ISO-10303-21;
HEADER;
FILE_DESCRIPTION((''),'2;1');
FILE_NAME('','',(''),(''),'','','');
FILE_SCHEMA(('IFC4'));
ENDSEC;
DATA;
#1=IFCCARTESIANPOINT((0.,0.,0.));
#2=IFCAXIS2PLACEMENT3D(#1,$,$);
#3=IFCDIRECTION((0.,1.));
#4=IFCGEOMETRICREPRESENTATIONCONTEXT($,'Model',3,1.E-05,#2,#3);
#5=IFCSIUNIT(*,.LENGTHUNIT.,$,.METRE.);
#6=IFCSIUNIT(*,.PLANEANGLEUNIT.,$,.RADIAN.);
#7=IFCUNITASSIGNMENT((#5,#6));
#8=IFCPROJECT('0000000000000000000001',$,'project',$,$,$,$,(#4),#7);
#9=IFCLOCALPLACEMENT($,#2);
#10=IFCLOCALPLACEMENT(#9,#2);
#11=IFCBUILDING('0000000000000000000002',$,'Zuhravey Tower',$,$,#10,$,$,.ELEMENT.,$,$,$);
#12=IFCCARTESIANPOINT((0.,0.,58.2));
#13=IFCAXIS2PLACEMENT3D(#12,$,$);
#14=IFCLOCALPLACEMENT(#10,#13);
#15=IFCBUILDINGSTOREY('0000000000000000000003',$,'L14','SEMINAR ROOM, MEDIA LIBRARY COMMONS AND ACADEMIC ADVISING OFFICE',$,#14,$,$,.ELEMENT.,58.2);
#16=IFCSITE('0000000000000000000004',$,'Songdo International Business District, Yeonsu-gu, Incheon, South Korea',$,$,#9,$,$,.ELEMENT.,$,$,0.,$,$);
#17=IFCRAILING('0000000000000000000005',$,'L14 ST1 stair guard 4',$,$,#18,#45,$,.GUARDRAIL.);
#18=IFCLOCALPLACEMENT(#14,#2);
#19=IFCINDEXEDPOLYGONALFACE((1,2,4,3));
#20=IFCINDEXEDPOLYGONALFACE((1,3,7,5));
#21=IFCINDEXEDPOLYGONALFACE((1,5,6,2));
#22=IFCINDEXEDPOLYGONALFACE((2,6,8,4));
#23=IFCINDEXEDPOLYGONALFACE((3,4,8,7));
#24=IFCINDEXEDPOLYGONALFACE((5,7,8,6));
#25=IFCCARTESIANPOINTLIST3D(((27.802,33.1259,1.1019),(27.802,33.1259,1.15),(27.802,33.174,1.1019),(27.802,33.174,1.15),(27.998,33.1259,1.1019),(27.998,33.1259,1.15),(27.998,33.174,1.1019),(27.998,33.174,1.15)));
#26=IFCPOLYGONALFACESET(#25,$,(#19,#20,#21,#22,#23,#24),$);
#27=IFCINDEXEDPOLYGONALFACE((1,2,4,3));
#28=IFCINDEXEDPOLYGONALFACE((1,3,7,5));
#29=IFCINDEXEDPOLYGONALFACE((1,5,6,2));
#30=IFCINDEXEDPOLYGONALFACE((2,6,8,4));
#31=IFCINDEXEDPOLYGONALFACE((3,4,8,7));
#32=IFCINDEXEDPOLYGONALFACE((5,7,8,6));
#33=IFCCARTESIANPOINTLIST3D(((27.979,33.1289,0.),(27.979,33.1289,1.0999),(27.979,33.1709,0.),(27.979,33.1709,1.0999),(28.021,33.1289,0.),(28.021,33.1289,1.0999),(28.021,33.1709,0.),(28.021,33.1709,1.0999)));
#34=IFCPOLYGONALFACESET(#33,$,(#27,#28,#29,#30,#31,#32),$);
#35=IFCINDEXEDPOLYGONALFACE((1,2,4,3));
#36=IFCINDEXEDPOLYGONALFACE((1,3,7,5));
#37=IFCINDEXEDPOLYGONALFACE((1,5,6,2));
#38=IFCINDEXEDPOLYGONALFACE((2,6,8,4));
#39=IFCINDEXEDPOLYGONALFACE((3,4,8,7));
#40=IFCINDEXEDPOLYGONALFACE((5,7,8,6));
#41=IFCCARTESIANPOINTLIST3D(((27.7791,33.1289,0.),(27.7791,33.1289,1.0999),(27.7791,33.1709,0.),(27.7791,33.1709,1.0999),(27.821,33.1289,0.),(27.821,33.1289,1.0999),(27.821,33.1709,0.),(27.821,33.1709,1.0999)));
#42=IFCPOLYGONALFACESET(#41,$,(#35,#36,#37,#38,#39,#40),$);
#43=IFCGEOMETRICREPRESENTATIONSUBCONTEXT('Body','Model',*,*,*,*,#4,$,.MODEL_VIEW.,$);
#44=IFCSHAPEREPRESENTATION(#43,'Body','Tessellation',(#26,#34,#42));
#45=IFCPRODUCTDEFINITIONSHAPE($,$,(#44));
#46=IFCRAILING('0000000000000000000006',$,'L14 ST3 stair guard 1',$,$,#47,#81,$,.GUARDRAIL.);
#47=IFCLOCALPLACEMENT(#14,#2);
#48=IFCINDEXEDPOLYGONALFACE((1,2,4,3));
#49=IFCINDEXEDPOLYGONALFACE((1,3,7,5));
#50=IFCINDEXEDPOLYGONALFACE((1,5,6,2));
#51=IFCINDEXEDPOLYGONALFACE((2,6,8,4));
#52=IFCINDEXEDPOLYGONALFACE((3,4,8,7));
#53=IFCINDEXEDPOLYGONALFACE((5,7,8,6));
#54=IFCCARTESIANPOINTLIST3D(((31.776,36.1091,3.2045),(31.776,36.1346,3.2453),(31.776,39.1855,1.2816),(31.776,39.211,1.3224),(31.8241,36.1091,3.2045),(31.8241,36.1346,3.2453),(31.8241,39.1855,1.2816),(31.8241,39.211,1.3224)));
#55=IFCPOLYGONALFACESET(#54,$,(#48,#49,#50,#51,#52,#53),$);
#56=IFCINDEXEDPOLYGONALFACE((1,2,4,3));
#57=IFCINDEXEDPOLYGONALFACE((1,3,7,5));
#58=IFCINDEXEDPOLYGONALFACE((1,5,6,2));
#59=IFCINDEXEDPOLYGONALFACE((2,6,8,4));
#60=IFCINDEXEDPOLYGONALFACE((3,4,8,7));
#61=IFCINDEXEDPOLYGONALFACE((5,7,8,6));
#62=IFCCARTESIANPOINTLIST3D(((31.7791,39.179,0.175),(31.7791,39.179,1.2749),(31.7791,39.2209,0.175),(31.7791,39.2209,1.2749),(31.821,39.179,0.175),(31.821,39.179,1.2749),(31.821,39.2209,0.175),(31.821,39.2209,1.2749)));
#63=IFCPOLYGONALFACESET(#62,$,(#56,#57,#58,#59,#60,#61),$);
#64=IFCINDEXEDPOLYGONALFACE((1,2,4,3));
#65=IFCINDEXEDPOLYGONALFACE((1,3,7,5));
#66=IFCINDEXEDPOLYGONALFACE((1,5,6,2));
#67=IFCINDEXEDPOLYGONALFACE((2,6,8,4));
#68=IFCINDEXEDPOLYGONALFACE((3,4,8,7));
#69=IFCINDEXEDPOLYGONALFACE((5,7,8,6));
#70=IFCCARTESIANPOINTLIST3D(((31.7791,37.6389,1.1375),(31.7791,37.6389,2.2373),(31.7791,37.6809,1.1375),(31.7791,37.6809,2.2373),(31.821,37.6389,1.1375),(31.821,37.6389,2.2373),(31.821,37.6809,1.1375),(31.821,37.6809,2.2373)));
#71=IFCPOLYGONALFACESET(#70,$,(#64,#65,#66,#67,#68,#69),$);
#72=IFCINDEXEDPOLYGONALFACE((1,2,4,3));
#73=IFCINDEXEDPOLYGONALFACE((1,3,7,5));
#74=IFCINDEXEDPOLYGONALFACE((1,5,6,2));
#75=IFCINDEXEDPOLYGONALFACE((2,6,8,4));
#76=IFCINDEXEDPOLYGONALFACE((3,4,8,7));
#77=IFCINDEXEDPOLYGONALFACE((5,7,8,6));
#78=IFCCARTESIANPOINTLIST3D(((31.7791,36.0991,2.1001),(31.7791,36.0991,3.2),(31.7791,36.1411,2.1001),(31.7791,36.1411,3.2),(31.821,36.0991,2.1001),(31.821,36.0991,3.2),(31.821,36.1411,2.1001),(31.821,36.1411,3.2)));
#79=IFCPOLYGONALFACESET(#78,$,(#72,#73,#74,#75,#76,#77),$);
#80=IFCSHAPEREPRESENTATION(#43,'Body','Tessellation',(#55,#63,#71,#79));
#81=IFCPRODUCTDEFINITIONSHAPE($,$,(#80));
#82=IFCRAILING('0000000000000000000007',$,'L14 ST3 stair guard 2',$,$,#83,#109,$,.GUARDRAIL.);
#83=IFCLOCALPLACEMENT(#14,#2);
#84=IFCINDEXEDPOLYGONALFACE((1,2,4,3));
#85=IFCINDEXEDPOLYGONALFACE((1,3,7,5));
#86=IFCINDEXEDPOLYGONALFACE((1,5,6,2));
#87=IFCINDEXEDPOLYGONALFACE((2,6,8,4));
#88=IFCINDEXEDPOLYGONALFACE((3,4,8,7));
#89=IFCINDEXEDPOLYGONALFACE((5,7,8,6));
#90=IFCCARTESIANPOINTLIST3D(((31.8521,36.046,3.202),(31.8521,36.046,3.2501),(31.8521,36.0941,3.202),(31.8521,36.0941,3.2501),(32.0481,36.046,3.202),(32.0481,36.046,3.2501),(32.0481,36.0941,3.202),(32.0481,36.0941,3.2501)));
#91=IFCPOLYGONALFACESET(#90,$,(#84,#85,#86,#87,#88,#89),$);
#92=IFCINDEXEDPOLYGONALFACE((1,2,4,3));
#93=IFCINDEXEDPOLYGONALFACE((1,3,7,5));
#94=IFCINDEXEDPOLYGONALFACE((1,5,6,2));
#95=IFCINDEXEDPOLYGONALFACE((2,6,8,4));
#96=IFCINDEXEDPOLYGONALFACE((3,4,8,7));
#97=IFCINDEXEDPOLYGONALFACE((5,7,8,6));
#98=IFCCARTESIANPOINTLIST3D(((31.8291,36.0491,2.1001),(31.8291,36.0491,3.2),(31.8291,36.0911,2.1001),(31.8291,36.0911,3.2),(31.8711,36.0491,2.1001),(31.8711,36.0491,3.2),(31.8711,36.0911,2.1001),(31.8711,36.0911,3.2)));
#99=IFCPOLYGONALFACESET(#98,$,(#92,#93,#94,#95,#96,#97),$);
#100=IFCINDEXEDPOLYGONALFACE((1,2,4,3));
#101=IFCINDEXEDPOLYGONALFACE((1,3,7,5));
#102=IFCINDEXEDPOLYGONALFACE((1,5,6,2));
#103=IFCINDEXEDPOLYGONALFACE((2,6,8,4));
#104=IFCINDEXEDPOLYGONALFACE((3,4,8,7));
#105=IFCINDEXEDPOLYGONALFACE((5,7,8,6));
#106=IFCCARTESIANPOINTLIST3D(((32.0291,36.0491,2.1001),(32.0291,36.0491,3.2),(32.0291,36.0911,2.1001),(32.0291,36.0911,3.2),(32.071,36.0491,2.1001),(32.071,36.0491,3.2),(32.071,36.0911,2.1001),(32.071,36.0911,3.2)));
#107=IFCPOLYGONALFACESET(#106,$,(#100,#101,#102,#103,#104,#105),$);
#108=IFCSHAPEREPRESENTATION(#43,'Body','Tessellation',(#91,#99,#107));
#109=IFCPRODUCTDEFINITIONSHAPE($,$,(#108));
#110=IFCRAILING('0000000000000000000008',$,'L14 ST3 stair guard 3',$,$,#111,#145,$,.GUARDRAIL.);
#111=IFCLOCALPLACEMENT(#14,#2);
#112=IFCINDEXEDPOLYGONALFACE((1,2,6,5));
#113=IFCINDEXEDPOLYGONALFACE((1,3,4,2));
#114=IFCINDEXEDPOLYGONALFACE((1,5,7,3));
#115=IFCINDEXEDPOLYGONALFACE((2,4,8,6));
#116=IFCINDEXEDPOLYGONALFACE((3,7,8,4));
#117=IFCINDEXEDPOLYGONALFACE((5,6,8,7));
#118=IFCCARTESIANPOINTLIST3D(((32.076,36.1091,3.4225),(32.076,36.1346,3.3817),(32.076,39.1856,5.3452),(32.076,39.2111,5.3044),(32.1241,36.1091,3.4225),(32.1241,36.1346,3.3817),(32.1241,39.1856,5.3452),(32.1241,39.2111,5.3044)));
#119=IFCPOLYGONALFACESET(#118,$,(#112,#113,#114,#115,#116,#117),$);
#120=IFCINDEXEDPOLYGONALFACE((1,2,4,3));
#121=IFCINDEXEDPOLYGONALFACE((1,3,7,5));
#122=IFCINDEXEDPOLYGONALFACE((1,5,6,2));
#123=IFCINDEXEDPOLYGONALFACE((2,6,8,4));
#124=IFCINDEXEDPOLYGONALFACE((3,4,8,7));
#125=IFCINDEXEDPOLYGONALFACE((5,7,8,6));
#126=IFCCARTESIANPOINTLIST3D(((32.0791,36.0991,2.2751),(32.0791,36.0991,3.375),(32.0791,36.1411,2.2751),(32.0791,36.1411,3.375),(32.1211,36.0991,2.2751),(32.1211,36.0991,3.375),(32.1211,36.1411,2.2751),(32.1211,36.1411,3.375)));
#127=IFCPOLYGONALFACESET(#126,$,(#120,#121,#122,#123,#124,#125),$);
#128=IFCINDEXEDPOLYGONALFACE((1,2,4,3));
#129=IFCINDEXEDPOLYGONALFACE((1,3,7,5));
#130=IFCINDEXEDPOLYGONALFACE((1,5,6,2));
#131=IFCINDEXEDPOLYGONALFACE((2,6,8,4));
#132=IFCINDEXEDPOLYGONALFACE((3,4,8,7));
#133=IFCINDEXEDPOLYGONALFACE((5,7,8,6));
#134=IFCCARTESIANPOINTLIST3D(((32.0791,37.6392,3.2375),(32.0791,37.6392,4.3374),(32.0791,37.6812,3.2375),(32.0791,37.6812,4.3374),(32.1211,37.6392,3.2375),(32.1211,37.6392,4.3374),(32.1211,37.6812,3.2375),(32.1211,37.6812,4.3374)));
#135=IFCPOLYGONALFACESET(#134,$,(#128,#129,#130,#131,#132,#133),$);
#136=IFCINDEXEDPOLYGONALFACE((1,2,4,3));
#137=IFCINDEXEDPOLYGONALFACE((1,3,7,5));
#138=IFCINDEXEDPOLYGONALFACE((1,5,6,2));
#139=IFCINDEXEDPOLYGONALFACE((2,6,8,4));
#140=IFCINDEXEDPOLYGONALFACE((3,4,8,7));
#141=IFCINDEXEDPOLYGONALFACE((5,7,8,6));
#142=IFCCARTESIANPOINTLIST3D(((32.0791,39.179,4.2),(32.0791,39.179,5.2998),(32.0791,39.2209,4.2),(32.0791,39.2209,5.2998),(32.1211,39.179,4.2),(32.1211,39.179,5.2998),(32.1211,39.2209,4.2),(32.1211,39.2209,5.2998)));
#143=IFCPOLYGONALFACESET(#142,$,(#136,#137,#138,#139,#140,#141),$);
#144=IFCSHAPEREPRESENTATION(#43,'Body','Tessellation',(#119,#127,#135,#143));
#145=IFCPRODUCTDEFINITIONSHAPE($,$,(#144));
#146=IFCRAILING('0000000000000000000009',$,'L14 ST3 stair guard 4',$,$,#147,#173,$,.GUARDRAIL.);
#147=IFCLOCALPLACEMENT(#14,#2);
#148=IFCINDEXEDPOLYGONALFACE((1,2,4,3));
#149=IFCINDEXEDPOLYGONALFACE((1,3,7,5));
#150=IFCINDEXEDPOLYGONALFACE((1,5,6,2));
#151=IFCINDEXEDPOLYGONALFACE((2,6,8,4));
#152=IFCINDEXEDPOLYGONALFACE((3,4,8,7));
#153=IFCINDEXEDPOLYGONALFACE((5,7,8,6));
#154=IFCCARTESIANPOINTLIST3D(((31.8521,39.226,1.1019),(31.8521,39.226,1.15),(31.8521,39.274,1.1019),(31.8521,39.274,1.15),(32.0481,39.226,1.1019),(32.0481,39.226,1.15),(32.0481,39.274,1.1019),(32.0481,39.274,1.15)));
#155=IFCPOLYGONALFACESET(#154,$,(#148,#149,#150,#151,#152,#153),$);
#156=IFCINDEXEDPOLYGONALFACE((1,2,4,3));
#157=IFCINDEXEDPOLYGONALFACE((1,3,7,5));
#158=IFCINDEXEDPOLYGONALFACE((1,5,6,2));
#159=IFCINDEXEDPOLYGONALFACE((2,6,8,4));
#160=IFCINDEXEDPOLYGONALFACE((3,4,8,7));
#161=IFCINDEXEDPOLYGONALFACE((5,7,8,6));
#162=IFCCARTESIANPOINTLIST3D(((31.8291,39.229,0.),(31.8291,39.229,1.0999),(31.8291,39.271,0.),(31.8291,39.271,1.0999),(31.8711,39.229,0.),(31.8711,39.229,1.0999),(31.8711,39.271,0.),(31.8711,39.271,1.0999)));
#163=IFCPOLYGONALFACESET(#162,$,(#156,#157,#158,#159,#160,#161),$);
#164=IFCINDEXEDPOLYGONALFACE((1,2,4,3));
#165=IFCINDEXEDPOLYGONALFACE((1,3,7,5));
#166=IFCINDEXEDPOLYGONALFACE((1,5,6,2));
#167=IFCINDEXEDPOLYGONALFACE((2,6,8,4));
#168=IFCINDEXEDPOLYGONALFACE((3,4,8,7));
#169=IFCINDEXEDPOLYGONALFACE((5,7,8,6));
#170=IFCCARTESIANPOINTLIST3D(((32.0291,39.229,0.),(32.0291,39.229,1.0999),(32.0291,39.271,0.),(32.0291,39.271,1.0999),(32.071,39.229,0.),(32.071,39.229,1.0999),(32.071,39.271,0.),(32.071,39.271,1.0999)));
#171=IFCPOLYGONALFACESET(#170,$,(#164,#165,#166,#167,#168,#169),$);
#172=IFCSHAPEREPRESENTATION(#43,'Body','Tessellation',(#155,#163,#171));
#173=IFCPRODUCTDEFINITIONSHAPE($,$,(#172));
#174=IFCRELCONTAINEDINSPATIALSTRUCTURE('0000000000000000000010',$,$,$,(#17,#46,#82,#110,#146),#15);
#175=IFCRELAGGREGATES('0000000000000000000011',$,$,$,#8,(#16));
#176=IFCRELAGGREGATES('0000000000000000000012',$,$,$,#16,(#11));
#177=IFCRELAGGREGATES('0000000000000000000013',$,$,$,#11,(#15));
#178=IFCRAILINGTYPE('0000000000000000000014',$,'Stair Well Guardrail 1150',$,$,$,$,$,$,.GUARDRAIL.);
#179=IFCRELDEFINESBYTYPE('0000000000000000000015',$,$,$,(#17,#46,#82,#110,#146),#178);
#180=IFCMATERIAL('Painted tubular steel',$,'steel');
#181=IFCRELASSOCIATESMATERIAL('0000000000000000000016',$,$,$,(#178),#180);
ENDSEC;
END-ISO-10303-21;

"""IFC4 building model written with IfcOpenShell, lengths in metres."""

from ifc_helpers import new_model, si_unit, direction, frame, origin, origin_2d, place, context, subcontext, project, spatial, rectangle, extrude, material, type_object, element, save


model = new_model("IFC4")

# Units and contexts
model_context = context("Model", 3, precision=1e-05, world=origin(), true_north=direction((0.0, 1.0)))
body_context = subcontext(model_context, "Body", "Model", "MODEL_VIEW")
ifc_project = project(units=[si_unit("LENGTHUNIT", "METRE"), si_unit("PLANEANGLEUNIT", "RADIAN")], contexts=[model_context])

# Site, building, storey
site_placement = place(None, origin())
site = spatial("IfcSite", under=ifc_project, at=site_placement, Name="Songdo International Business District, Yeonsu-gu, Incheon, South Korea", CompositionType="ELEMENT", RefElevation=0.0)
building_placement = place(site_placement, origin())
building = spatial("IfcBuilding", under=site, at=building_placement, Name="Zuhravey Tower", CompositionType="ELEMENT")
storey_placement = place(building_placement, frame((0.0, 0.0, 58.2)))
storey = spatial("IfcBuildingStorey", under=building, at=storey_placement, Name="L14", Description="SEMINAR ROOM, MEDIA LIBRARY COMMONS AND ACADEMIC ADVISING OFFICE", CompositionType="ELEMENT", Elevation=58.2)

# Railings
ifc_material_1 = material(Name="Painted tubular steel", Category="steel")
railing_type_1 = type_object("IfcRailingType", Name="Stair Well Guardrail 1150", PredefinedType="GUARDRAIL", material=ifc_material_1)
railing_1_placement = place(storey_placement, frame((28.0, 33.1499, 0.0)))
element("IfcRailing", 1, at=railing_1_placement, inside=storey, type_object=railing_type_1, Name="L14 ST1 stair guard 4", PredefinedType="GUARDRAIL", context=body_context, shape_type="SweptSolid", body=[
    extrude(rectangle(XDim=0.0481, YDim=0.0481, at=origin_2d()), frame((-0.002, 0.0, 1.126), z_axis=(-1.0, 0.0, 0.0), x_axis=(0.0, -1.0, 0.0)), (0.0, 0.0, 1.0), 0.196),
    extrude(rectangle(XDim=0.042, YDim=0.042, at=origin_2d()), origin(), (0.0, 0.0, 1.0), 1.0999),
    extrude(rectangle(XDim=0.042, YDim=0.042, at=origin_2d()), frame((-0.2, 0.0, 0.0)), (0.0, 0.0, 1.0), 1.0999),
])
railing_2_placement = place(storey_placement, frame((31.8, 39.2, 0.175)))
element("IfcRailing", 2, at=railing_2_placement, inside=storey, type_object=railing_type_1, Name="L14 ST3 stair guard 1", PredefinedType="GUARDRAIL", context=body_context, shape_type="SweptSolid", body=[
    extrude(rectangle(XDim=0.0481, YDim=0.0481, at=origin_2d()), frame((0.0, -0.0017, 1.127), z_axis=(0.0, -0.847979, 0.530029), x_axis=(1.0, 0.0, 0.0)), (0.0, 0.0, 1.0), 3.6279),
    extrude(rectangle(XDim=0.042, YDim=0.042, at=origin_2d()), origin(), (0.0, 0.0, 1.0), 1.0999),
    extrude(rectangle(XDim=0.042, YDim=0.042, at=origin_2d()), frame((0.0, -1.54, 0.9624)), (0.0, 0.0, 1.0), 1.0999),
    extrude(rectangle(XDim=0.042, YDim=0.042, at=origin_2d()), frame((0.0, -3.0798, 1.925)), (0.0, 0.0, 1.0), 1.0999),
])
railing_3_placement = place(storey_placement, frame((31.8501, 36.0701, 2.1001)))
element("IfcRailing", 3, at=railing_3_placement, inside=storey, type_object=railing_type_1, Name="L14 ST3 stair guard 2", PredefinedType="GUARDRAIL", context=body_context, shape_type="SweptSolid", body=[
    extrude(rectangle(XDim=0.0481, YDim=0.0481, at=origin_2d()), frame((0.002, 0.0, 1.126), z_axis=(1.0, 0.0, 0.0), x_axis=(0.0, 1.0, 0.0)), (0.0, 0.0, 1.0), 0.196),
    extrude(rectangle(XDim=0.042, YDim=0.042, at=origin_2d()), origin(), (0.0, 0.0, 1.0), 1.0999),
    extrude(rectangle(XDim=0.042, YDim=0.042, at=origin_2d()), frame((0.2, 0.0, 0.0)), (0.0, 0.0, 1.0), 1.0999),
])
railing_4_placement = place(storey_placement, frame((32.1001, 36.1201, 2.2751)))
element("IfcRailing", 4, at=railing_4_placement, inside=storey, type_object=railing_type_1, Name="L14 ST3 stair guard 3", PredefinedType="GUARDRAIL", context=body_context, shape_type="SweptSolid", body=[
    extrude(rectangle(XDim=0.0481, YDim=0.0481, at=origin_2d()), frame((0.0, 0.0017, 1.127), z_axis=(0.0, 0.84801, 0.529981), x_axis=(-1.0, 0.0, 0.0)), (0.0, 0.0, 1.0), 3.6279),
    extrude(rectangle(XDim=0.042, YDim=0.042, at=origin_2d()), origin(), (0.0, 0.0, 1.0), 1.0999),
    extrude(rectangle(XDim=0.042, YDim=0.042, at=origin_2d()), frame((0.0, 1.54, 0.9624)), (0.0, 0.0, 1.0), 1.0999),
    extrude(rectangle(XDim=0.042, YDim=0.042, at=origin_2d()), frame((0.0, 3.0798, 1.9248)), (0.0, 0.0, 1.0), 1.0999),
])
railing_5_placement = place(storey_placement, frame((31.8501, 39.25, 0.0)))
element("IfcRailing", 5, at=railing_5_placement, inside=storey, type_object=railing_type_1, Name="L14 ST3 stair guard 4", PredefinedType="GUARDRAIL", context=body_context, shape_type="SweptSolid", body=[
    extrude(rectangle(XDim=0.0481, YDim=0.0481, at=origin_2d()), frame((0.002, 0.0, 1.126), z_axis=(1.0, 0.0, 0.0), x_axis=(0.0, 1.0, 0.0)), (0.0, 0.0, 1.0), 0.196),
    extrude(rectangle(XDim=0.042, YDim=0.042, at=origin_2d()), origin(), (0.0, 0.0, 1.0), 1.0999),
    extrude(rectangle(XDim=0.042, YDim=0.042, at=origin_2d()), frame((0.2, 0.0, 0.0)), (0.0, 0.0, 1.0), 1.0999),
])

save(model, "model.ifc")
